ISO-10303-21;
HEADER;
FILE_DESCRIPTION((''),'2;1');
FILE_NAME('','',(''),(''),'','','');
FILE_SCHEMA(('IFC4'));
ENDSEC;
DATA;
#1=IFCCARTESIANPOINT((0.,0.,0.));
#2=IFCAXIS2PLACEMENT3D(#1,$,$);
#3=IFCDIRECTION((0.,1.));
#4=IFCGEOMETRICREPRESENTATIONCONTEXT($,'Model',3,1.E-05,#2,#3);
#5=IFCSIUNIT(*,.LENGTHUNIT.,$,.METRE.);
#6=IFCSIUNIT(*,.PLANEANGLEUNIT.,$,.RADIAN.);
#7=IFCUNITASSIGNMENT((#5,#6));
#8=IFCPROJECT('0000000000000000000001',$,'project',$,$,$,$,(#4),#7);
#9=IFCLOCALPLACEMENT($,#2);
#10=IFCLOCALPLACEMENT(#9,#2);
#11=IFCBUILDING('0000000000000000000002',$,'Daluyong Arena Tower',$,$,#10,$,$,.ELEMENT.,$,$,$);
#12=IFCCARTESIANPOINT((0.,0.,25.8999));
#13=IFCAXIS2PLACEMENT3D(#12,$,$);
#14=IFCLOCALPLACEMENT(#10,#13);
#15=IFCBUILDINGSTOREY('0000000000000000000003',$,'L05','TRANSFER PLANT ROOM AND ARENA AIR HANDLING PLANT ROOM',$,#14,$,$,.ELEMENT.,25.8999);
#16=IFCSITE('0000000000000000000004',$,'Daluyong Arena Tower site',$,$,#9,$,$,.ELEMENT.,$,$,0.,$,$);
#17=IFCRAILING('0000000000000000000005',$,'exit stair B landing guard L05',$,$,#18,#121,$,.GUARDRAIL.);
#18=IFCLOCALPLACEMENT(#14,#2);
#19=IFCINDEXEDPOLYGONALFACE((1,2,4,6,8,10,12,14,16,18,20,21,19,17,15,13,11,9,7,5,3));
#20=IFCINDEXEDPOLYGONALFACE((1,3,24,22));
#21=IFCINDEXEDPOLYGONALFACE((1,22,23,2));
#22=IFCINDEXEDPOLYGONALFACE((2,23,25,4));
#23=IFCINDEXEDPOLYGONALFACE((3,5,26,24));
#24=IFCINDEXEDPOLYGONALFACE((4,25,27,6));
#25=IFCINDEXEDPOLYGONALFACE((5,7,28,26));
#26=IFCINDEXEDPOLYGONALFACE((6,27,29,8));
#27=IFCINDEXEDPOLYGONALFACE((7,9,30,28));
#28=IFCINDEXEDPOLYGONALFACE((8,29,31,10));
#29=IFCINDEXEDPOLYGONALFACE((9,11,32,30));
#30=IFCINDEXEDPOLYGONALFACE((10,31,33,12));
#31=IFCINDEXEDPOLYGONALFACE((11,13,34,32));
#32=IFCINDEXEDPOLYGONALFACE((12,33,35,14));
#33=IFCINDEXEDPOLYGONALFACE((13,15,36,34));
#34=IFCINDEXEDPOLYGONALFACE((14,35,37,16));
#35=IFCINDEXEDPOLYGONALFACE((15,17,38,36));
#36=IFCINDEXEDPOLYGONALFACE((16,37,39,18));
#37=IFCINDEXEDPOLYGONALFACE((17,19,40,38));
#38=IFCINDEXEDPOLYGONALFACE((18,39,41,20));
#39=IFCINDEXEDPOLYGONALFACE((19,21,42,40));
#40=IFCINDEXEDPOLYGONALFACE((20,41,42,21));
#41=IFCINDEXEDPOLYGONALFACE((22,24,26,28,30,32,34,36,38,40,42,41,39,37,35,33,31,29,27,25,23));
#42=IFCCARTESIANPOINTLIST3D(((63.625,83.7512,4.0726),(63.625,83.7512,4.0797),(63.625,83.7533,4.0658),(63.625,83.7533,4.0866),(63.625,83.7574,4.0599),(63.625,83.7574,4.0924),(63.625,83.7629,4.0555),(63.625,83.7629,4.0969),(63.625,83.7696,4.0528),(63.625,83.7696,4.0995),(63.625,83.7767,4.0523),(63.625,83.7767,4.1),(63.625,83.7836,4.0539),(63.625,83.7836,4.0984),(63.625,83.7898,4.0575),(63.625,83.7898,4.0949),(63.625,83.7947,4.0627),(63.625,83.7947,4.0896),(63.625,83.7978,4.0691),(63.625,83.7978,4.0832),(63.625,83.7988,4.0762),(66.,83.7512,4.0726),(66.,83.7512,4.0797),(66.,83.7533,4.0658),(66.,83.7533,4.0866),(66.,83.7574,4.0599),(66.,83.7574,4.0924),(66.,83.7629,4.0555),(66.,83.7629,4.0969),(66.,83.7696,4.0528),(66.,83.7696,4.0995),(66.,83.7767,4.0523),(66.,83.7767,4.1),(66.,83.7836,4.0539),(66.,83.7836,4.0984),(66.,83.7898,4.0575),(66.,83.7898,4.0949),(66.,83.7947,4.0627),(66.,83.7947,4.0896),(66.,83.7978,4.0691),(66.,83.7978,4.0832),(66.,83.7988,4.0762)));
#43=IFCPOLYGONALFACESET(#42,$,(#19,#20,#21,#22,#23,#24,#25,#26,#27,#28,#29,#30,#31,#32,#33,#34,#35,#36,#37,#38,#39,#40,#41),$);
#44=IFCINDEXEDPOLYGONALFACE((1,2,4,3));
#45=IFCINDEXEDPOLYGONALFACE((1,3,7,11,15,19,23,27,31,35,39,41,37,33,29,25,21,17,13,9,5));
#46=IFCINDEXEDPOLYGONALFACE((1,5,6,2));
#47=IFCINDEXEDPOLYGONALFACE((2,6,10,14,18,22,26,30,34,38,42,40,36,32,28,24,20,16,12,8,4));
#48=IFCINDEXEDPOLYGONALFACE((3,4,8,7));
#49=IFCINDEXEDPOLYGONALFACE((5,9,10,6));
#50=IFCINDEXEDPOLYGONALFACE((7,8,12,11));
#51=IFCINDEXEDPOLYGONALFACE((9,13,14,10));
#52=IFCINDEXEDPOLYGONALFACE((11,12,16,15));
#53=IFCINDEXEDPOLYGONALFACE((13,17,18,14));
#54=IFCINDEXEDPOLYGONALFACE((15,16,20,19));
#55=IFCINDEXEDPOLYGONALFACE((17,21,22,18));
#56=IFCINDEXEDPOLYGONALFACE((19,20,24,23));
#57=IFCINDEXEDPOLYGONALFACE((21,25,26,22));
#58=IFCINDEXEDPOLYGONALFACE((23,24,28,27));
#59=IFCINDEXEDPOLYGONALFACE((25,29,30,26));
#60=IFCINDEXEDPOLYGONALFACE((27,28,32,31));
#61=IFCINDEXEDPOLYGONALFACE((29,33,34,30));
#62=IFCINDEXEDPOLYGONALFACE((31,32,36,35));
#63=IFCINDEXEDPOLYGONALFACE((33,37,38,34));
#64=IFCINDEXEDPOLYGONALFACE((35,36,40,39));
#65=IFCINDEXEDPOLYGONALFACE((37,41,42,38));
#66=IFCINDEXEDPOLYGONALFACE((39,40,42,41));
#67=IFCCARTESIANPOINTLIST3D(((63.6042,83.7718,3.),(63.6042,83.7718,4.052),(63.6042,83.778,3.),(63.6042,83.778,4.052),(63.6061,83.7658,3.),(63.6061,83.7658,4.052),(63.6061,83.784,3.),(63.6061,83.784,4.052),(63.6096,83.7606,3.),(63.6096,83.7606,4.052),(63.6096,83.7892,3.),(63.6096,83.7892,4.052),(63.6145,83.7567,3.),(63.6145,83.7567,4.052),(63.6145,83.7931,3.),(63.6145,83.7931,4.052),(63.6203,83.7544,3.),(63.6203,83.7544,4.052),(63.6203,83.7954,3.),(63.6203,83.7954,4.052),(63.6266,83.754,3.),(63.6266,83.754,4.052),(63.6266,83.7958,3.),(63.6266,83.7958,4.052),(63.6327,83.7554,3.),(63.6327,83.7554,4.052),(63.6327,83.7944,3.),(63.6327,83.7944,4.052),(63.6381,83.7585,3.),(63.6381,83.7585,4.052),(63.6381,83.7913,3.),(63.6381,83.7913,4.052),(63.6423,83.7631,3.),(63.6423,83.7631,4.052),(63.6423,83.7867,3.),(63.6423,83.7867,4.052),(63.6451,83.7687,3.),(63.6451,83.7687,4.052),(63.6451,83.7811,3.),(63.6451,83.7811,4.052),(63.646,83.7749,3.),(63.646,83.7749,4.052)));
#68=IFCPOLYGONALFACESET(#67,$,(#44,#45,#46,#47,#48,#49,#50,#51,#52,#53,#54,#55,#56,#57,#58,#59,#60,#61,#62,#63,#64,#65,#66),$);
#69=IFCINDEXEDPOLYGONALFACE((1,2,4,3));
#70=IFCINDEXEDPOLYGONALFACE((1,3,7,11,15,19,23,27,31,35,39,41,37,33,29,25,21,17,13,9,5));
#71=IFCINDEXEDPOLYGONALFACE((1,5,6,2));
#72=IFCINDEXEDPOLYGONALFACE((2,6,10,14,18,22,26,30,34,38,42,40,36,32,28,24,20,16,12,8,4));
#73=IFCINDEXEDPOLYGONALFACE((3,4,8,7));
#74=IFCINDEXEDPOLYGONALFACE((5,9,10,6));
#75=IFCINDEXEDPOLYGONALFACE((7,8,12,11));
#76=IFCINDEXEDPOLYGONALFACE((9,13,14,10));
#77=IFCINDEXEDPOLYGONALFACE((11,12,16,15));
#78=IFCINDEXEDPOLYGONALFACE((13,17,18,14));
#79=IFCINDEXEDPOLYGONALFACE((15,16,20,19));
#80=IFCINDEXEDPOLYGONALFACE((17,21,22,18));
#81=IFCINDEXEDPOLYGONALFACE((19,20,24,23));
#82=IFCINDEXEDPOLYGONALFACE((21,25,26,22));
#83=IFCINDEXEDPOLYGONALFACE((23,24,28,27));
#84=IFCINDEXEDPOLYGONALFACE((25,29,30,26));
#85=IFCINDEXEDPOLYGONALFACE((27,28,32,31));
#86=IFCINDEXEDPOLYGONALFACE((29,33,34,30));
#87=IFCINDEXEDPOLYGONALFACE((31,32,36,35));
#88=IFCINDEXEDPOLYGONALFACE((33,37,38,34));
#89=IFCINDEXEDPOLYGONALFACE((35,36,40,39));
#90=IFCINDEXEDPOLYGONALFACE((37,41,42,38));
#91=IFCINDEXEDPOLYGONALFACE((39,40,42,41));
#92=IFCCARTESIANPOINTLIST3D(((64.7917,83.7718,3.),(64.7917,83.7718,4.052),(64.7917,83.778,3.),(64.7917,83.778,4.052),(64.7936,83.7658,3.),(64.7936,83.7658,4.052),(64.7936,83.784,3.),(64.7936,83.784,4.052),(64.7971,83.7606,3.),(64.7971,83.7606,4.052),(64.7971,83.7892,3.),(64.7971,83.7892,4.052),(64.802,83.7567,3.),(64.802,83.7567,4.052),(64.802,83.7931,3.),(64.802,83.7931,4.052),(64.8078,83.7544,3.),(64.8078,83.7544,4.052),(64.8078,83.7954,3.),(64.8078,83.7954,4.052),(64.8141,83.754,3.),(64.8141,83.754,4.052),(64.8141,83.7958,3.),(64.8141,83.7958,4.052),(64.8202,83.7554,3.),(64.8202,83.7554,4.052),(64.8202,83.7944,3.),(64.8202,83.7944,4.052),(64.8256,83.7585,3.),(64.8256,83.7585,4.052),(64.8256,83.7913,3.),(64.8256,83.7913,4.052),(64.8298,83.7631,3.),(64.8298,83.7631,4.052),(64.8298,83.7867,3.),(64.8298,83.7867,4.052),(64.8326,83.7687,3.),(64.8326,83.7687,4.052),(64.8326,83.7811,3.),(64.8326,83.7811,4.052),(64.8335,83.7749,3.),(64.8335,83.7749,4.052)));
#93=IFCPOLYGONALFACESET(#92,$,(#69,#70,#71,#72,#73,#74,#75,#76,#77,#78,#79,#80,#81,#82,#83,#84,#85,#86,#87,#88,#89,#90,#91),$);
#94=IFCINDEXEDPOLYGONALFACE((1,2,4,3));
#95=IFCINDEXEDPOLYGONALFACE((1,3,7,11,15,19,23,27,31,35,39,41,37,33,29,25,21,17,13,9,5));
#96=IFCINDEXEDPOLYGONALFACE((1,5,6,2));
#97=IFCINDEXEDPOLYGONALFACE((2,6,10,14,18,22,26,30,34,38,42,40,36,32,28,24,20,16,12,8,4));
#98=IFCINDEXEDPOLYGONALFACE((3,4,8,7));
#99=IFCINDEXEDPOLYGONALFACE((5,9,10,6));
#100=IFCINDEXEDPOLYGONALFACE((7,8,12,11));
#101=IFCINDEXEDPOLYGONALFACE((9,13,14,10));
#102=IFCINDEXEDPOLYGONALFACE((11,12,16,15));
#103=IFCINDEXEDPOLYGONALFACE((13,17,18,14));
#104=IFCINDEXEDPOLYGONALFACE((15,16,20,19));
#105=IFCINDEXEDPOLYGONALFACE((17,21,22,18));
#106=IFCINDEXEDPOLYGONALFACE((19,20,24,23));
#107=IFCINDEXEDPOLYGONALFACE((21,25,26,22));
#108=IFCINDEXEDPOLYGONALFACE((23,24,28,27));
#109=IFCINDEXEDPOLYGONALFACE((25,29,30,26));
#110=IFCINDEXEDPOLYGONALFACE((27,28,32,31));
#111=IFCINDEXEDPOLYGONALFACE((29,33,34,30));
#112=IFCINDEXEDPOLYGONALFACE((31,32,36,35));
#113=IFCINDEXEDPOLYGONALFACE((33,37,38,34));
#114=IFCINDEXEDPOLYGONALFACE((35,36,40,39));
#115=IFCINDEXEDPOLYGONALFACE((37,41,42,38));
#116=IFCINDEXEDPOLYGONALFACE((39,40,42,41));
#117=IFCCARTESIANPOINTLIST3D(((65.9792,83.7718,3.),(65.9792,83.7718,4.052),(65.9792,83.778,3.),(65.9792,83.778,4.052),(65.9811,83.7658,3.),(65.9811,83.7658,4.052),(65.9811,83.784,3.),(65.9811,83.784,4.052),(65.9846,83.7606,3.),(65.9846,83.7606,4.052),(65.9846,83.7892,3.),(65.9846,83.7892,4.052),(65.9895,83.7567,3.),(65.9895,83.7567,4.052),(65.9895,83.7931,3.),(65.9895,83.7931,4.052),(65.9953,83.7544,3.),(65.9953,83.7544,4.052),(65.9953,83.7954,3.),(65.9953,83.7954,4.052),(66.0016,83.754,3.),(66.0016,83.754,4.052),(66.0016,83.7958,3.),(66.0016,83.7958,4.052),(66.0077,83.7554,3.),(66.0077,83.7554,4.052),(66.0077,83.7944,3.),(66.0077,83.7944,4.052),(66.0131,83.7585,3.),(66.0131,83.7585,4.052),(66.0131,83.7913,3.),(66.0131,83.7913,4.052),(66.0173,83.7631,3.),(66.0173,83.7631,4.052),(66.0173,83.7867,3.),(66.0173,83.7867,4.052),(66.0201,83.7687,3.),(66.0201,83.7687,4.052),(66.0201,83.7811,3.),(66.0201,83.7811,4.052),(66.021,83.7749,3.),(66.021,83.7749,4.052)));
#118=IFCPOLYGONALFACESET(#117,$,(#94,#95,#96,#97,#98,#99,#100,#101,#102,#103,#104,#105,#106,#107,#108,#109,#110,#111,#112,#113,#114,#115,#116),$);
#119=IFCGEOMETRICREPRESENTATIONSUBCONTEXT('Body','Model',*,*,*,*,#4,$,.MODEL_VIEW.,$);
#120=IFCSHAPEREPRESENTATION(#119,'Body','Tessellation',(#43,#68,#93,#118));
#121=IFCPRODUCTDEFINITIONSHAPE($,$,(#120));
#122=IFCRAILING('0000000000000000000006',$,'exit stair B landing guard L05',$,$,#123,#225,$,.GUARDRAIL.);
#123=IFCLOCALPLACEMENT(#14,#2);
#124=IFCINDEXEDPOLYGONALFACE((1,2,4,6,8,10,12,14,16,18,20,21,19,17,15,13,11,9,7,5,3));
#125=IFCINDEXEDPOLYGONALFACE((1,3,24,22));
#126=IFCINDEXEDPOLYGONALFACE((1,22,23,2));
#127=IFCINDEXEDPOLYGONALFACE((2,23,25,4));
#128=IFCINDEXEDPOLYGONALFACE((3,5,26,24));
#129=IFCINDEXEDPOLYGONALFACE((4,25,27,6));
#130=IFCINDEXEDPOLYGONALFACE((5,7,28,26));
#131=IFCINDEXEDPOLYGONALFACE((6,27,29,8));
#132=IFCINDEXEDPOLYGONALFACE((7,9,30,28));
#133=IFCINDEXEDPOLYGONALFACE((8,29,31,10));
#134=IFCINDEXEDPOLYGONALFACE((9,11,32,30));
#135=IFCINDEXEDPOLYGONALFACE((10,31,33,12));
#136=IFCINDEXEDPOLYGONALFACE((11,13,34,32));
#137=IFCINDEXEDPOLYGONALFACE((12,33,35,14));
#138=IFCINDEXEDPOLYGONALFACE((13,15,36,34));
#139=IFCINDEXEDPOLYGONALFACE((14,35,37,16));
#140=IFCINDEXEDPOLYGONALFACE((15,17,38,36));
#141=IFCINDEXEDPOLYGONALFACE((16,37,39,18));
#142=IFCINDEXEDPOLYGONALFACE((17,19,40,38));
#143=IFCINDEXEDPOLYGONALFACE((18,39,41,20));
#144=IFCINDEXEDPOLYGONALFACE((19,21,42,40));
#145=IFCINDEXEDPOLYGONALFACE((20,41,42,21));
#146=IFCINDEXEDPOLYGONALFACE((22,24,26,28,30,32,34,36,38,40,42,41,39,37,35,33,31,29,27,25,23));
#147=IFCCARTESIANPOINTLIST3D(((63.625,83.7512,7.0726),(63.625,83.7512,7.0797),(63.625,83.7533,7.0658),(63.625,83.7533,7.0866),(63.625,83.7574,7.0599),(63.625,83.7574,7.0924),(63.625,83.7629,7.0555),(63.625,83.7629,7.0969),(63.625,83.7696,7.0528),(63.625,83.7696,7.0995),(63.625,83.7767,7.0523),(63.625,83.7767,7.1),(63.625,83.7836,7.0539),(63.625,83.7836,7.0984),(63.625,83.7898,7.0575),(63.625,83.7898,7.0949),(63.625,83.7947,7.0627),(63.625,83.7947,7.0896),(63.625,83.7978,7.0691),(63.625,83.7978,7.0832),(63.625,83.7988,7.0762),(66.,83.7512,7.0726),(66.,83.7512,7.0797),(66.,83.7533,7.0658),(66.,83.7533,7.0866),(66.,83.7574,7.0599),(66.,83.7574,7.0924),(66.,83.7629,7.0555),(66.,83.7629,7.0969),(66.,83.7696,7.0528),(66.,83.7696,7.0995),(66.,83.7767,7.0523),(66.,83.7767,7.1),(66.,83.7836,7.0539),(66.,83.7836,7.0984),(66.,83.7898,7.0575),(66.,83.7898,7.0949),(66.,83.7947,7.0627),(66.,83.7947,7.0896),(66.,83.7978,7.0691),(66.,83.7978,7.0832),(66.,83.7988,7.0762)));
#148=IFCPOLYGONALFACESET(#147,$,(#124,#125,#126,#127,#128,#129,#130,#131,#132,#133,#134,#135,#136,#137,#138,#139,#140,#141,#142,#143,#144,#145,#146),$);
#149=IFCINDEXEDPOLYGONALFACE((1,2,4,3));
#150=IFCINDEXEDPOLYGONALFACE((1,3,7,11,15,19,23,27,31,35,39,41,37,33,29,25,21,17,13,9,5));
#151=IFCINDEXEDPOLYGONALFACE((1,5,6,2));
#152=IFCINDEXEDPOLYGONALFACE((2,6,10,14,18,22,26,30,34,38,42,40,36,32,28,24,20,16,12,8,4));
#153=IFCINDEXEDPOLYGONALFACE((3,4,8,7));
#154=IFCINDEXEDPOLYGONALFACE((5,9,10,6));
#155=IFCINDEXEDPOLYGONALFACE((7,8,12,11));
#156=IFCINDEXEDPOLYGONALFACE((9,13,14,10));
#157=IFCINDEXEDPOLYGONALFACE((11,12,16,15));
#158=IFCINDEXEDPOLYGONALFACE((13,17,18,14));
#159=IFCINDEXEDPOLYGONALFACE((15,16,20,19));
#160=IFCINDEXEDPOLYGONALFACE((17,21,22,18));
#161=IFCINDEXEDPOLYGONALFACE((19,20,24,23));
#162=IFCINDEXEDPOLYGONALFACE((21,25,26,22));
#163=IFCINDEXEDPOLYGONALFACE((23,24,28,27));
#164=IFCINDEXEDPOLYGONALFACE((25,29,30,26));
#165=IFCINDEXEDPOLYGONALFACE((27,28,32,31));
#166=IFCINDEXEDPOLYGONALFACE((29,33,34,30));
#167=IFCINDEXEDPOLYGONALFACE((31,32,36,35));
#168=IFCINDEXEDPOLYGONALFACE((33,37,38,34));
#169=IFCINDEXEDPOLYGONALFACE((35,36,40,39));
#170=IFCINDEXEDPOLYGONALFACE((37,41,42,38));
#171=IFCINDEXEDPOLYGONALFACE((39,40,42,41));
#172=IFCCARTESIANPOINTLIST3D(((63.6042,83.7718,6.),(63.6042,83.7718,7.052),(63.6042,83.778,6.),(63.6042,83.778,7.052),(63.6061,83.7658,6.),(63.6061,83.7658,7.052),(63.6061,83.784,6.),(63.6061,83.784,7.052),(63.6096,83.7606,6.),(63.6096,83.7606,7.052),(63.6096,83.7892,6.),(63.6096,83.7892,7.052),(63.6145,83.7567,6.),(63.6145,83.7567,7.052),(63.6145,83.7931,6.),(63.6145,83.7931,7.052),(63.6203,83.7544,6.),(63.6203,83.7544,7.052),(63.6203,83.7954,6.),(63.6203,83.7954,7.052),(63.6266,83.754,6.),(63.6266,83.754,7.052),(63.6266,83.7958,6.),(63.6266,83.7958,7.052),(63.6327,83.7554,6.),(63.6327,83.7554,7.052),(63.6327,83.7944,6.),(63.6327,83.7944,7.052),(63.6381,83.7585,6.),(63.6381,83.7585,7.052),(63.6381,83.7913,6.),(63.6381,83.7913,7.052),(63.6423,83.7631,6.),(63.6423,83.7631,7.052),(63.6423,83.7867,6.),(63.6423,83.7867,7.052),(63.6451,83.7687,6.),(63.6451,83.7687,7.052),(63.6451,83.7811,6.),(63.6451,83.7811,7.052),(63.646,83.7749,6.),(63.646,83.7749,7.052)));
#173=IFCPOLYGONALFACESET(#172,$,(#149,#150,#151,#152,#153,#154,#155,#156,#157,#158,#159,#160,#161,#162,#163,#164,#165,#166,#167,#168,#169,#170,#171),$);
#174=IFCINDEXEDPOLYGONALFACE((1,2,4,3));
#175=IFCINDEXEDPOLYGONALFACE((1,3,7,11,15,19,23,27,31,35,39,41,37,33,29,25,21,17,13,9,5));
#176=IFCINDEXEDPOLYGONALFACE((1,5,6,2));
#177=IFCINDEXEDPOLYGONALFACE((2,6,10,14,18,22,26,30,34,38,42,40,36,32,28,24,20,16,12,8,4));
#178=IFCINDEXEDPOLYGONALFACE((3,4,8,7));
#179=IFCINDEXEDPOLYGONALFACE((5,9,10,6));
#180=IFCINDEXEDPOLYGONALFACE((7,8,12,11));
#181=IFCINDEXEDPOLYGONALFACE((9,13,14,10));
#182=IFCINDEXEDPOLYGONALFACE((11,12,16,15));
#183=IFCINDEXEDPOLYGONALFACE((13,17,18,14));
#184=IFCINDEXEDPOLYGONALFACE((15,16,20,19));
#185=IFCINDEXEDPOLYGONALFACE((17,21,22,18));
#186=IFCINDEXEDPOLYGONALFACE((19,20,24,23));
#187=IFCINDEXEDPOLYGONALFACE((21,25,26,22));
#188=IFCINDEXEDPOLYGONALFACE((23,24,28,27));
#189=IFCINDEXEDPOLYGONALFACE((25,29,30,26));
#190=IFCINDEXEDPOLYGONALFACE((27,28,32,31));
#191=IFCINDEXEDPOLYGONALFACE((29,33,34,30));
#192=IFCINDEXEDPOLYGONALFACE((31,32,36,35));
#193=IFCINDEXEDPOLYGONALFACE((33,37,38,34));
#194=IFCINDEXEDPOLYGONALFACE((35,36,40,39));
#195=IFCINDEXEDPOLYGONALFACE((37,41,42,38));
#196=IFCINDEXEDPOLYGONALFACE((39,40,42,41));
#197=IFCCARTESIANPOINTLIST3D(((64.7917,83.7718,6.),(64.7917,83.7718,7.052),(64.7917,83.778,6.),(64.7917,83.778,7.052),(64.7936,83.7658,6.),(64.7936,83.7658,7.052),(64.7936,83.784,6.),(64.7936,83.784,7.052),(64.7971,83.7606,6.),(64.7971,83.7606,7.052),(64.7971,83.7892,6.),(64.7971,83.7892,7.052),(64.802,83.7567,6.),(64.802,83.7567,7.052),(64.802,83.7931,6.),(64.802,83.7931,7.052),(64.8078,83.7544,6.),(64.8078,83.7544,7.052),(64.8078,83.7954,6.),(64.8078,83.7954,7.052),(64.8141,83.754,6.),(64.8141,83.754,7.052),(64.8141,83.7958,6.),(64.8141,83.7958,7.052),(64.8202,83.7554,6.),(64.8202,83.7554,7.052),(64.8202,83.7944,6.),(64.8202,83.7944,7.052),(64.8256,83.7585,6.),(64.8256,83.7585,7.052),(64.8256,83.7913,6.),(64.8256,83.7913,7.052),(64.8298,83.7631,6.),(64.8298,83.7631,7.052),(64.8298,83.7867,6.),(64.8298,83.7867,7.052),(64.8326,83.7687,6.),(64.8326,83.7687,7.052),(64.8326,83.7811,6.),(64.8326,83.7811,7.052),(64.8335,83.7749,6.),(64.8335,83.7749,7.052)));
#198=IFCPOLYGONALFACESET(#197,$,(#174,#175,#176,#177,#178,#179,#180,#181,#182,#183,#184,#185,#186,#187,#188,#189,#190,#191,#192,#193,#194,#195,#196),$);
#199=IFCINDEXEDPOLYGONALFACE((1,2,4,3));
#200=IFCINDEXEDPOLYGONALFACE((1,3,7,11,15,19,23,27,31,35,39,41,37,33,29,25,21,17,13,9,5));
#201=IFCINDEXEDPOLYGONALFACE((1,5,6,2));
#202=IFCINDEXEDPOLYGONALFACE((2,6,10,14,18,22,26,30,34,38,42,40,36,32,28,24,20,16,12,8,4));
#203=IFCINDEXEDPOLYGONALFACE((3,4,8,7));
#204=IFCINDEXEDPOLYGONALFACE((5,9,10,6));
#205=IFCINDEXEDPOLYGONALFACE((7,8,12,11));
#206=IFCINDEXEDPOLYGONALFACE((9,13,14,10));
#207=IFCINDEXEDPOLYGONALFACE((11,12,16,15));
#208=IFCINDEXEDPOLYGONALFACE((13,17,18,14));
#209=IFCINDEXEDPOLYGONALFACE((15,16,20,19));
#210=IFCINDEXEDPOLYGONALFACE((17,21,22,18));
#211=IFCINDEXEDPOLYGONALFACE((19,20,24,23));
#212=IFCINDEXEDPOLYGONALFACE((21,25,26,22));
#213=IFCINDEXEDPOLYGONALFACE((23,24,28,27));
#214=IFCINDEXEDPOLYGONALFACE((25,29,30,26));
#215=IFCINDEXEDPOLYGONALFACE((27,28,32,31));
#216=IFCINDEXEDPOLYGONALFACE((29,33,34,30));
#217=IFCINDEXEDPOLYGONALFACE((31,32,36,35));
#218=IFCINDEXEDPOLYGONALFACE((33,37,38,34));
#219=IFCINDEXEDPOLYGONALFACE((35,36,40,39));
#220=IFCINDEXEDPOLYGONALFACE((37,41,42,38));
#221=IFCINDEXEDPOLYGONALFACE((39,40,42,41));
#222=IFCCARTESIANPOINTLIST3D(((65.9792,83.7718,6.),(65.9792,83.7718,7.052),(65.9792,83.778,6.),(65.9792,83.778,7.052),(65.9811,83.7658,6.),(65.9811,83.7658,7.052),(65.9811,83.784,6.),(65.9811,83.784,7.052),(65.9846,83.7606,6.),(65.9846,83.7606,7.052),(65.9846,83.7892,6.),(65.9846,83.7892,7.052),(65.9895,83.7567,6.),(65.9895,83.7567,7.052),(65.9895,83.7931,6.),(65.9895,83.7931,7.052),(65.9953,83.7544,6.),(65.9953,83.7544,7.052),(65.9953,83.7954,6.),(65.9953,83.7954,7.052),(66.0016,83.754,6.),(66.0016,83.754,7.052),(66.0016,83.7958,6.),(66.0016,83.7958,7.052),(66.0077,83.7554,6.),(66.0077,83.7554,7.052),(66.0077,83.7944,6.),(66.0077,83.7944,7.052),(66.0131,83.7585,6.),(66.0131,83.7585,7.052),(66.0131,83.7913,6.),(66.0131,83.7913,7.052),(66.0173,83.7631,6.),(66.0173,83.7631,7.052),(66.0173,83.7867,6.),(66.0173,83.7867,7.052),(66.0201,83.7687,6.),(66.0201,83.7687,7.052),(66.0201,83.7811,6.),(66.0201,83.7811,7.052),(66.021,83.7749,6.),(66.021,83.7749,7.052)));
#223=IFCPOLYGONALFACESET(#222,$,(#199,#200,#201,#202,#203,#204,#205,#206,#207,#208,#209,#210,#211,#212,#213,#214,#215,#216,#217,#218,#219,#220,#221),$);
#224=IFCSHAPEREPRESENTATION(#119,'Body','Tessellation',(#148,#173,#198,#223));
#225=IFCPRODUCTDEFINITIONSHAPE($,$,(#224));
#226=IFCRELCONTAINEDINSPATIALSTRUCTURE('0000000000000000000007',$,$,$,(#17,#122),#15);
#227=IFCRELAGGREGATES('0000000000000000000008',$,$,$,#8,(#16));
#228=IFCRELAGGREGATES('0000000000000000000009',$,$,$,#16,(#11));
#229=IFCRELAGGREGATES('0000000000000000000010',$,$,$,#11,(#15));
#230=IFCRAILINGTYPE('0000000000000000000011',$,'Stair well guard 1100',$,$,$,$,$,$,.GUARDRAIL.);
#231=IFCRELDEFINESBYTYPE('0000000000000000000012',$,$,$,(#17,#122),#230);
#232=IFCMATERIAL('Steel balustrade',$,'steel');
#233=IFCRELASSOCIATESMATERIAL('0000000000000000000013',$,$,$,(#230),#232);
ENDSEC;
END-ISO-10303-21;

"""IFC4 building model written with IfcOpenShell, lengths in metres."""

from ifc_helpers import new_model, si_unit, direction, frame, origin, origin_2d, place, context, subcontext, project, spatial, circle, extrude, material, type_object, element, save


model = new_model("IFC4")

# Units and contexts
model_context = context("Model", 3, precision=1e-05, world=origin(), true_north=direction((0.0, 1.0)))
body_context = subcontext(model_context, "Body", "Model", "MODEL_VIEW")
ifc_project = project(units=[si_unit("LENGTHUNIT", "METRE"), si_unit("PLANEANGLEUNIT", "RADIAN")], contexts=[model_context])

# Site, building, storey
site_placement = place(None, origin())
site = spatial("IfcSite", under=ifc_project, at=site_placement, Name="Daluyong Arena Tower site", CompositionType="ELEMENT", RefElevation=0.0)
building_placement = place(site_placement, origin())
building = spatial("IfcBuilding", under=site, at=building_placement, Name="Daluyong Arena Tower", CompositionType="ELEMENT")
storey_placement = place(building_placement, frame((0.0, 0.0, 25.8999)))
storey = spatial("IfcBuildingStorey", under=building, at=storey_placement, Name="L05", Description="TRANSFER PLANT ROOM AND ARENA AIR HANDLING PLANT ROOM", CompositionType="ELEMENT", Elevation=25.8999)

# Railings
ifc_material_1 = material(Name="Steel balustrade", Category="steel")
railing_type_1 = type_object("IfcRailingType", Name="Stair well guard 1100", PredefinedType="GUARDRAIL", material=ifc_material_1)
for number, where, name in (
    (1, (63.625, 83.7749, 3.0), "exit stair B landing guard L05"),
    (2, (63.625, 83.7749, 6.0), "exit stair B landing guard L05"),
):
    element("IfcRailing", number, at=place(storey_placement, frame(where)), inside=storey, type_object=railing_type_1, Name=name, PredefinedType="GUARDRAIL", context=body_context, shape_type="SweptSolid", body=[
        extrude(circle(Radius=0.0239, at=origin_2d()), frame((0.0, 0.0, 1.0762), z_axis=(1.0, 0.0, 0.0), x_axis=(0.0, 1.0, 0.0)), (0.0, 0.0, 1.0), 2.375),
        extrude(circle(Radius=0.021, at=origin_2d()), origin(), (0.0, 0.0, 1.0), 1.052),
        extrude(circle(Radius=0.021, at=origin_2d()), frame((1.1875, 0.0, 0.0)), (0.0, 0.0, 1.0), 1.052),
        extrude(circle(Radius=0.021, at=origin_2d()), frame((2.375, 0.0, 0.0)), (0.0, 0.0, 1.0), 1.052),
    ])

save(model, "model.ifc")
